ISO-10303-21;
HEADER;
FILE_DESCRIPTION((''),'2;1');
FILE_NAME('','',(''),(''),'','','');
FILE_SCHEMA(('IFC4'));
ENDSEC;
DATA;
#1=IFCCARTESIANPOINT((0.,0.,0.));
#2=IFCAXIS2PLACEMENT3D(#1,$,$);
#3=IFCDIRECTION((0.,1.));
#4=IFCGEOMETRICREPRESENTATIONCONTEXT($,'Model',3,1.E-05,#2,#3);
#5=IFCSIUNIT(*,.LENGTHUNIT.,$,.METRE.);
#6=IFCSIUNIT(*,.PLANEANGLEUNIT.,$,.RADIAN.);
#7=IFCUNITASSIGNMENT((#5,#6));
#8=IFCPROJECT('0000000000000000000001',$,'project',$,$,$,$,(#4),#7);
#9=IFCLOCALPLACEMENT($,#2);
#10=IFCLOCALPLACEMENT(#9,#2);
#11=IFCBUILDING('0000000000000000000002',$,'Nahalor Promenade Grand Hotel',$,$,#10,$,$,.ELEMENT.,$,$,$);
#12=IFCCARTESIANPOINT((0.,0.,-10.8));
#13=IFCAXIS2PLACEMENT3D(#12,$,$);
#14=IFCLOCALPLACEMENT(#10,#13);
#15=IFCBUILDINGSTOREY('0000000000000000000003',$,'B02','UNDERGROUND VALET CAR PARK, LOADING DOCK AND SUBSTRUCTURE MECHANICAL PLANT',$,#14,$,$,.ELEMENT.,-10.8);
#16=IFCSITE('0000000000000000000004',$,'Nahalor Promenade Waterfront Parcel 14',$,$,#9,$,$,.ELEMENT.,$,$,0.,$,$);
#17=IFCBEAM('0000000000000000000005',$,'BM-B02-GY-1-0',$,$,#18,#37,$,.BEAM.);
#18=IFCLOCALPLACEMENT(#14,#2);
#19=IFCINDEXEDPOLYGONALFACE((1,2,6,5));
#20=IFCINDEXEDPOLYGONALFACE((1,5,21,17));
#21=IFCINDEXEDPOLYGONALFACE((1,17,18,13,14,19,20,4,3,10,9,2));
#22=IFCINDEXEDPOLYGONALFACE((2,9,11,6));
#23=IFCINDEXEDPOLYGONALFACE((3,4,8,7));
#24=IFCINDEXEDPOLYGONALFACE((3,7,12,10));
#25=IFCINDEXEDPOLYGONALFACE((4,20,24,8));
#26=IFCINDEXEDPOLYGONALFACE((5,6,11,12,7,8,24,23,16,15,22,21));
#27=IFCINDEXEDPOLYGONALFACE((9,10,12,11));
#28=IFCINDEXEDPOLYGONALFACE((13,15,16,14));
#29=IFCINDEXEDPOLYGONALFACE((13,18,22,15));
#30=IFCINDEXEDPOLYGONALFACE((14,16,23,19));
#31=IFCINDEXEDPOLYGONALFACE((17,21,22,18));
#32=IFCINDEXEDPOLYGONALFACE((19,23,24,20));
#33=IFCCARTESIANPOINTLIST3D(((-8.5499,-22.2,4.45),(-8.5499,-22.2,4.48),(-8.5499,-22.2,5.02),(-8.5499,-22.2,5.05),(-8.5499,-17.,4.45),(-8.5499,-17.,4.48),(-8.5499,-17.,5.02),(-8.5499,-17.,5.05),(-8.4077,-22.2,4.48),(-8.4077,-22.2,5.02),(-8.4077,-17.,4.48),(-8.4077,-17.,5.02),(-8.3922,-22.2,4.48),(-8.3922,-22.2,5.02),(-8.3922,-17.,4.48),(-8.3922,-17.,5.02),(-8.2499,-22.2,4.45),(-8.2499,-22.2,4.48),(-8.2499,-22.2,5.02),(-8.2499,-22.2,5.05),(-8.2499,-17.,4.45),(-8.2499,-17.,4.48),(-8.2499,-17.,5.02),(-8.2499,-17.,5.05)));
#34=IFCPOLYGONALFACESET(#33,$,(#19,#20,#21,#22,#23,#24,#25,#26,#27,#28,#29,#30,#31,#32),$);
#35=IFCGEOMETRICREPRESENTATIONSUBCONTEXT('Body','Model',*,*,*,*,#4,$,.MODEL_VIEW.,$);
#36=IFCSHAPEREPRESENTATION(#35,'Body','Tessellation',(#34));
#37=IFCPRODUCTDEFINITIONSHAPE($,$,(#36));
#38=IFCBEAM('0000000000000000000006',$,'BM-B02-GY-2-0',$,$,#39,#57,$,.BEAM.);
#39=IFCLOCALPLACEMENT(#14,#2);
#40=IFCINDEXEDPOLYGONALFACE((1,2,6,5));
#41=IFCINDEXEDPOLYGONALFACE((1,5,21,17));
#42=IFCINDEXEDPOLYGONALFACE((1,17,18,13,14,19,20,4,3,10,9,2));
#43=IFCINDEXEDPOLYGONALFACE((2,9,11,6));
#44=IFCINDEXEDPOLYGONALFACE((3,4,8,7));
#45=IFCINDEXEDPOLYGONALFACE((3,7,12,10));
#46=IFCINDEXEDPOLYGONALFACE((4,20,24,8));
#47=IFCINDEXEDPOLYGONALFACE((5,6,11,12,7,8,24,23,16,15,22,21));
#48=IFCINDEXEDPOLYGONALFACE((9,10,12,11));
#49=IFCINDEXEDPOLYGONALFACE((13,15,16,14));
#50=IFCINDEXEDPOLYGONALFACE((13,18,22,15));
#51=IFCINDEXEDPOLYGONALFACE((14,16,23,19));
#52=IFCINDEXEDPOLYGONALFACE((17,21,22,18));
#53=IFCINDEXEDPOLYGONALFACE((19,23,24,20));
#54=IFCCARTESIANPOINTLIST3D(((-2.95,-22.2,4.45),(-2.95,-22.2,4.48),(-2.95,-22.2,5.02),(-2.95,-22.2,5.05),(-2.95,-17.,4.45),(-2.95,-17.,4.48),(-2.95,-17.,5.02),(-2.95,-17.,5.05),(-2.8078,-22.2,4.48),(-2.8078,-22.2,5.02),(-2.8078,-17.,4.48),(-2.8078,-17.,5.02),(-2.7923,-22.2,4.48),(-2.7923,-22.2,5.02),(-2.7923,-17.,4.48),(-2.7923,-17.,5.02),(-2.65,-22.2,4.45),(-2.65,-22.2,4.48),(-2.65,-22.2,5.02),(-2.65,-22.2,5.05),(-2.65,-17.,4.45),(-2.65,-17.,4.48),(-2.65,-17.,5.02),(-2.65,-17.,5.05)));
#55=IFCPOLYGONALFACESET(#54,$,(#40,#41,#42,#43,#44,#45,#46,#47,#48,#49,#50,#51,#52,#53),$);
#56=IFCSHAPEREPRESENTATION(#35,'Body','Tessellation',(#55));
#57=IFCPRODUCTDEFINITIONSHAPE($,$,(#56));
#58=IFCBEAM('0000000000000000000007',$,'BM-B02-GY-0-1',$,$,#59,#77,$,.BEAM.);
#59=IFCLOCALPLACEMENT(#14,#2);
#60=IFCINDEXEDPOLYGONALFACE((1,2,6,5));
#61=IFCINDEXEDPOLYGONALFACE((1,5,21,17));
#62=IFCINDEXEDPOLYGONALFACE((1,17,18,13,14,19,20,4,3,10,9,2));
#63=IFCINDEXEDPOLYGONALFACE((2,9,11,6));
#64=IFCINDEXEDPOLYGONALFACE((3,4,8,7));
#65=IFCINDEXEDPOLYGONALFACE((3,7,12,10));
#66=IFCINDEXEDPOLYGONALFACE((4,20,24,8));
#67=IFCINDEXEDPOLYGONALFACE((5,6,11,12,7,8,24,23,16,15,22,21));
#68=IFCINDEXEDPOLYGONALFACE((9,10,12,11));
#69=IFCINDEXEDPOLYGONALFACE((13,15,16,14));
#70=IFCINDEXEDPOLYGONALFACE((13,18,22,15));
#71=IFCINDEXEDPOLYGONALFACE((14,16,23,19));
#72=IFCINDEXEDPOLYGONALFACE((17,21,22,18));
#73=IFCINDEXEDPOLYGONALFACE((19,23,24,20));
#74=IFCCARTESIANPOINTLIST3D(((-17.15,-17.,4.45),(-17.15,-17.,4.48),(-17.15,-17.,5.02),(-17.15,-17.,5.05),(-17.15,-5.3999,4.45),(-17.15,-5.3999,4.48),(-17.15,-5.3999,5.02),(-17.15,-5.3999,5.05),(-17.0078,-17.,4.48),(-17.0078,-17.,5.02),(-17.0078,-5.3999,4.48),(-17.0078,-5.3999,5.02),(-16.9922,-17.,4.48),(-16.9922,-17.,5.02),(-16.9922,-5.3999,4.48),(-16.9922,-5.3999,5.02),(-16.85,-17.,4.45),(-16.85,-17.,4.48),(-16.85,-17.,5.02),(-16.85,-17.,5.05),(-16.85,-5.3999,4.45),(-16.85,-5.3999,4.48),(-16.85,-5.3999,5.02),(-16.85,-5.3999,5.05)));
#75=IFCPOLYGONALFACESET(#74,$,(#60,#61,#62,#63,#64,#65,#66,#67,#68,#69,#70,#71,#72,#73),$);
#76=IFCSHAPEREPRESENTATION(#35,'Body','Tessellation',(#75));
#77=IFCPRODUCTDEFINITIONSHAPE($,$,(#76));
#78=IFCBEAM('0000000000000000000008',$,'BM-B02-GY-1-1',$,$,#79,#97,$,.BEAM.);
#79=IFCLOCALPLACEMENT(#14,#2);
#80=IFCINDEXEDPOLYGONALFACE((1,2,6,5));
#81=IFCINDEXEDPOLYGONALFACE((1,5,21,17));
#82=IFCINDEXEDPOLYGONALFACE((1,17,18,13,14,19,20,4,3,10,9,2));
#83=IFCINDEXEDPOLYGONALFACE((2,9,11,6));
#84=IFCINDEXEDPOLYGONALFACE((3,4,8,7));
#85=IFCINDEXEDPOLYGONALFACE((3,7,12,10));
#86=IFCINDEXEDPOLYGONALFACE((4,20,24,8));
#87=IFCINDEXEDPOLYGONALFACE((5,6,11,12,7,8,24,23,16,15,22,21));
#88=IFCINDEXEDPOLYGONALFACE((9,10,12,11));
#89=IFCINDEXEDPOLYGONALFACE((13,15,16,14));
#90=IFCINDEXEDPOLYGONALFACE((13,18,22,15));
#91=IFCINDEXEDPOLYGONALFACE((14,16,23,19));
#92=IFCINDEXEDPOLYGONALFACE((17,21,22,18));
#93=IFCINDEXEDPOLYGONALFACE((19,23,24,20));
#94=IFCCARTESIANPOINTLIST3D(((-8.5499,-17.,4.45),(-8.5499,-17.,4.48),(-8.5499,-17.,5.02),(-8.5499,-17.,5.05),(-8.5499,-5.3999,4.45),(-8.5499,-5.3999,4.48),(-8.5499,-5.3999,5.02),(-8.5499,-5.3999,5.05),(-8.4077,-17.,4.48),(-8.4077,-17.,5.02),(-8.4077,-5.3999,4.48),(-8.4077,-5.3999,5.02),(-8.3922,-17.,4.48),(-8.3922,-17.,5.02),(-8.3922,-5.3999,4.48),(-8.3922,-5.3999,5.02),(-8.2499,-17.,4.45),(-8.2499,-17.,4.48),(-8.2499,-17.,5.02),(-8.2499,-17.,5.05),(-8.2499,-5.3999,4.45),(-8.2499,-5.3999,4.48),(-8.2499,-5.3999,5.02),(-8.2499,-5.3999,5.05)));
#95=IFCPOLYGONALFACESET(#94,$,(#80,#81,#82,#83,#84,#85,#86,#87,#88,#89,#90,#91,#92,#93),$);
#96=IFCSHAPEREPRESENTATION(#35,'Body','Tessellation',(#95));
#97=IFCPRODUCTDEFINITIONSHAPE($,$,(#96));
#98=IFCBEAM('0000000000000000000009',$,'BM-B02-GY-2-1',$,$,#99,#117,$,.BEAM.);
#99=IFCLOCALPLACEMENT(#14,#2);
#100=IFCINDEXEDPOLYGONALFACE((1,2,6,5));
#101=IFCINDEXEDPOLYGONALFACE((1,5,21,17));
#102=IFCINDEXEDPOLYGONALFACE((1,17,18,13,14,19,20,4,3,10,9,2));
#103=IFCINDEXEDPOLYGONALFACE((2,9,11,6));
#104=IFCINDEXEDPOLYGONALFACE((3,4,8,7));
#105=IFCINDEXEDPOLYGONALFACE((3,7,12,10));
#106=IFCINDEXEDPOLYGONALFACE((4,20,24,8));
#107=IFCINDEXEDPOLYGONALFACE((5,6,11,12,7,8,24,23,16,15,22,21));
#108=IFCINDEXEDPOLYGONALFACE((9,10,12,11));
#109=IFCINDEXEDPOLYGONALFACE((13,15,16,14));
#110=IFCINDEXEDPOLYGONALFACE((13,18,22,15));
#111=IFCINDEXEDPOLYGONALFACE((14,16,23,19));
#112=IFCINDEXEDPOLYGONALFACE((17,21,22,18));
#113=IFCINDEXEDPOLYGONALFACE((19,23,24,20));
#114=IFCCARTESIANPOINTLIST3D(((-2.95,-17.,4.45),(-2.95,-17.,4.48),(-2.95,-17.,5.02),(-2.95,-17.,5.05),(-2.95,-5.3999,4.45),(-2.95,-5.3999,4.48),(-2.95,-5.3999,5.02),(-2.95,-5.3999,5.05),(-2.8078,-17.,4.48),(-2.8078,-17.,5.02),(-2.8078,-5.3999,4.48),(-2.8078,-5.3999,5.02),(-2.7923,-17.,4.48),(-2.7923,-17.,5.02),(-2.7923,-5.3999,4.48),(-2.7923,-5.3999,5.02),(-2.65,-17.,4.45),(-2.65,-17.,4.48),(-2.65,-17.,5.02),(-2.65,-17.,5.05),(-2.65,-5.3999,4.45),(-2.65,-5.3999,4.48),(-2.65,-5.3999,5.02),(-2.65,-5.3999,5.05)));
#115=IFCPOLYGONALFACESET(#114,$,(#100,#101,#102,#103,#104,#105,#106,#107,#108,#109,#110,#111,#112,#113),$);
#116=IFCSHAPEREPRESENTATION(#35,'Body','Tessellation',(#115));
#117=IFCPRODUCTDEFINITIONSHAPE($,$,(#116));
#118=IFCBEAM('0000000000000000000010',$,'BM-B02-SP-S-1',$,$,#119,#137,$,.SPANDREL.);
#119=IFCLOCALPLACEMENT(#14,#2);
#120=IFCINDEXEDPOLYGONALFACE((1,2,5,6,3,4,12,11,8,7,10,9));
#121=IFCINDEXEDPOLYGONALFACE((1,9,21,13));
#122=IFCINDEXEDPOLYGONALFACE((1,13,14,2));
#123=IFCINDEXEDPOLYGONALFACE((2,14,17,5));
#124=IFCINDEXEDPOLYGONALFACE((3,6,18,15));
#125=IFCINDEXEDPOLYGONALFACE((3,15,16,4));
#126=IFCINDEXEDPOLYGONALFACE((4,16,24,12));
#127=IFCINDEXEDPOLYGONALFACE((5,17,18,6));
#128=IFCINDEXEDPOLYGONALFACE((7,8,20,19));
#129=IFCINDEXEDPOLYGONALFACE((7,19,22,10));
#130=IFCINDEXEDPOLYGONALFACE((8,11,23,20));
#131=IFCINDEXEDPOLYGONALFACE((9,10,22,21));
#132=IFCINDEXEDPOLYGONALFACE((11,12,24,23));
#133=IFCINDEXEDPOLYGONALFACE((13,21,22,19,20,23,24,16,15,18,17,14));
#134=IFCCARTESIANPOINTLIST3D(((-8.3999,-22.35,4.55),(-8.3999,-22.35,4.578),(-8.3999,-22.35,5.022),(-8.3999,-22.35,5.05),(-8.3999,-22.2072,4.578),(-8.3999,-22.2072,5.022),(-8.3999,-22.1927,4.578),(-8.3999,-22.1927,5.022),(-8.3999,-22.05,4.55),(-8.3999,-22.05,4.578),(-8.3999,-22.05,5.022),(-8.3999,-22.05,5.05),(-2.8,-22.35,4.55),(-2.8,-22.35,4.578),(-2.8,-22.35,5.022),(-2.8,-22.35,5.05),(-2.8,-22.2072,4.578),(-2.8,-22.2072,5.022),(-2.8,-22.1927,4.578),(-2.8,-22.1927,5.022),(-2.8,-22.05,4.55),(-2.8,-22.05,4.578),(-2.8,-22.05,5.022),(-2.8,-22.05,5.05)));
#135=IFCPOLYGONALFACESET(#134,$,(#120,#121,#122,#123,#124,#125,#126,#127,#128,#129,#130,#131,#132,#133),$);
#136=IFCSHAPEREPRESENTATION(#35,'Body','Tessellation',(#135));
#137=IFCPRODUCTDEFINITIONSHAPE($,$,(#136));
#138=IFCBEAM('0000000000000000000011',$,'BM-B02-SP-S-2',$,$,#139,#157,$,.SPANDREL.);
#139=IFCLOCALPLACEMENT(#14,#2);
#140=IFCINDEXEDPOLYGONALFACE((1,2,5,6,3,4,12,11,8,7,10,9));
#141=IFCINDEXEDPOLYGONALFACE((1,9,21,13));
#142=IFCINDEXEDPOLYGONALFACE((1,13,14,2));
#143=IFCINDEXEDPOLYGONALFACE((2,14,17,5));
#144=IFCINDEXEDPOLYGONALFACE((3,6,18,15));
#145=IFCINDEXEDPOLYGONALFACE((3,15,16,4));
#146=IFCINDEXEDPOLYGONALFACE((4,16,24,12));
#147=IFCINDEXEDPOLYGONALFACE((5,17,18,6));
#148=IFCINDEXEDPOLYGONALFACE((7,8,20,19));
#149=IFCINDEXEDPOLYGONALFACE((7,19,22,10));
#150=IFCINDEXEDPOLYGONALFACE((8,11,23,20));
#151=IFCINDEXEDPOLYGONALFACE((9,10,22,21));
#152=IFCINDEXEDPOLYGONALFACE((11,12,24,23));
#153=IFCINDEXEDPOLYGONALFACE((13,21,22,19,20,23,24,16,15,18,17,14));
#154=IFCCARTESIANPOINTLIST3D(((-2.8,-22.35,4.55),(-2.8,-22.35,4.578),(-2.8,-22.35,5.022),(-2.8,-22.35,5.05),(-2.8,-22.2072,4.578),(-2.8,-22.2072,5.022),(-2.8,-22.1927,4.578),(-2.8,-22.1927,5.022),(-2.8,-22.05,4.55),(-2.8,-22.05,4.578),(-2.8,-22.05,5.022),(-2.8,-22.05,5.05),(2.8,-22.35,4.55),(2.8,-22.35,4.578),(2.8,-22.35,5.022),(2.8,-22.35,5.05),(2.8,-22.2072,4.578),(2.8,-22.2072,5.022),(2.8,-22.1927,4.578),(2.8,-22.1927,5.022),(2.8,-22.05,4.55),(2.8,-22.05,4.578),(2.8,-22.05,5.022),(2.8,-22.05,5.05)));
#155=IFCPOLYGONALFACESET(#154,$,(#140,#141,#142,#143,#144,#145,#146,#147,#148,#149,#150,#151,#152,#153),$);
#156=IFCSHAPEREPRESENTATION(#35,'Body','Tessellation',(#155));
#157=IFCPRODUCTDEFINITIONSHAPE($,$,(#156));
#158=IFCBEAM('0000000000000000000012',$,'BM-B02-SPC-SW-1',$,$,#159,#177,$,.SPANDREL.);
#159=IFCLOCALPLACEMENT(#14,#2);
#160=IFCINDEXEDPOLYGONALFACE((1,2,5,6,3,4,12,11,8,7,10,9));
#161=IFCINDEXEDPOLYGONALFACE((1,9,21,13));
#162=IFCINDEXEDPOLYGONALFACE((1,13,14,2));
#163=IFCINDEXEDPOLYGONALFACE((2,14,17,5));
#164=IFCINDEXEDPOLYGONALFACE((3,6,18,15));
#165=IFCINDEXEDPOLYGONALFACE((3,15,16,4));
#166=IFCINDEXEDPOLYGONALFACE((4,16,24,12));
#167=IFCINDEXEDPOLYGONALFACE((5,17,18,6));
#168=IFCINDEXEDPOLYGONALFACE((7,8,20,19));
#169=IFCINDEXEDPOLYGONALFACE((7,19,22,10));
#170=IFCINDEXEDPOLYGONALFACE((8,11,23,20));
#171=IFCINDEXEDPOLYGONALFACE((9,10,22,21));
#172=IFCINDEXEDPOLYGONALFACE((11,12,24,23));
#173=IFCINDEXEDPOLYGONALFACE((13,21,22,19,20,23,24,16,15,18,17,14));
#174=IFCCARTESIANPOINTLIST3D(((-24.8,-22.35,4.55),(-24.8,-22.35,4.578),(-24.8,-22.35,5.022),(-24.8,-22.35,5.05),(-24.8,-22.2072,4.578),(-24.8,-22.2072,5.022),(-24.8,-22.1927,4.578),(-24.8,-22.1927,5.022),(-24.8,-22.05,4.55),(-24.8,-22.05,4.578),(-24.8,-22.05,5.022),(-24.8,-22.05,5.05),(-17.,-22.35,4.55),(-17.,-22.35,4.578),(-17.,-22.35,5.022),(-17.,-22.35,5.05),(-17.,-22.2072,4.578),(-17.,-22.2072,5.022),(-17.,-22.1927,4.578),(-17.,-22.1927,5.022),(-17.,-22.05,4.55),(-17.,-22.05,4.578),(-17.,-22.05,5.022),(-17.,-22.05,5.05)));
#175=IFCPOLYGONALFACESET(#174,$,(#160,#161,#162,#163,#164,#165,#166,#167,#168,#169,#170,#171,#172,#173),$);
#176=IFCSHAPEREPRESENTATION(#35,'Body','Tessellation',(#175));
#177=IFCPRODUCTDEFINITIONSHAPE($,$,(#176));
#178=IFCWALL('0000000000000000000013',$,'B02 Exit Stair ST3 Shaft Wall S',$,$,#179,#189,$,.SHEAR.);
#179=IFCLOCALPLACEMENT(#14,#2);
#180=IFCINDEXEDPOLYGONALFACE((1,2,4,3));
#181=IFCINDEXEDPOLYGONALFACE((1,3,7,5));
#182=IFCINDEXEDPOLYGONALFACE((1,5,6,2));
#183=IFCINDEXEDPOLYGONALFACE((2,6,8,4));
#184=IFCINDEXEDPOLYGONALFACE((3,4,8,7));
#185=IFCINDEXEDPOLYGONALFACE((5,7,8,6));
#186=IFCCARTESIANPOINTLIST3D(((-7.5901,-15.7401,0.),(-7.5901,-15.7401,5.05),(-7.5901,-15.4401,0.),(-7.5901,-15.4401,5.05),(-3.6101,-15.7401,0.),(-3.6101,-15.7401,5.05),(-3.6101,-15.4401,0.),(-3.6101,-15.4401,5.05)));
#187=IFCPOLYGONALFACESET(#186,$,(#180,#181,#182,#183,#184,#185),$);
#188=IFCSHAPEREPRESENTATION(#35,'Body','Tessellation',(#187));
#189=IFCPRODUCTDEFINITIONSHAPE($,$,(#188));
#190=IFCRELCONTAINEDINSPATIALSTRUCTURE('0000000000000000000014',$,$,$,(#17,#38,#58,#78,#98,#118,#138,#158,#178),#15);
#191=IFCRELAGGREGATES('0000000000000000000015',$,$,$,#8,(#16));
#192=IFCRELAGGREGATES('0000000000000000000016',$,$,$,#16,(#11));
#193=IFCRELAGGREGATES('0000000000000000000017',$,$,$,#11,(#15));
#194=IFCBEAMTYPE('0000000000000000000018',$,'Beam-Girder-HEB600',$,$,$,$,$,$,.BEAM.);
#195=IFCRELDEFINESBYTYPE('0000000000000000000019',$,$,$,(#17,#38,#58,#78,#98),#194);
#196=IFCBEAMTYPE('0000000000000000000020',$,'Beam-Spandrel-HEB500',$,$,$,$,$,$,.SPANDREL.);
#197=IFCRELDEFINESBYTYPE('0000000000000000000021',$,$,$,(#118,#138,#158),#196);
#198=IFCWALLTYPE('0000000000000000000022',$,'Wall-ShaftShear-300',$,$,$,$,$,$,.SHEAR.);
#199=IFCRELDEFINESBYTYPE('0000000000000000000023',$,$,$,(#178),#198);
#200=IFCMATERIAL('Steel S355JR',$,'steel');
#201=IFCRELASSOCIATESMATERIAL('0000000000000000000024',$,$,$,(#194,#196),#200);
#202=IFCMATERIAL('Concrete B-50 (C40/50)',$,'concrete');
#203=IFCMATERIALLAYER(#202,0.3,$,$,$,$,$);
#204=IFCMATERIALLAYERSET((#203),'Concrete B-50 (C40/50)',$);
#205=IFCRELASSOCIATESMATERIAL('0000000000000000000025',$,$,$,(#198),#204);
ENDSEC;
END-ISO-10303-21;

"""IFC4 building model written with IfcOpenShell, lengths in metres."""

from ifc_helpers import new_model, si_unit, direction, frame, frame_2d, origin, origin_2d, place, context, subcontext, project, spatial, rectangle, i_section, extrude, source, transform, mapped, material, layer, layer_set, material_profile, profile_set, type_object, element, save


model = new_model("IFC4")

# Units and contexts
model_context = context("Model", 3, precision=1e-05, world=origin(), true_north=direction((0.0, 1.0)))
body_context = subcontext(model_context, "Body", "Model", "MODEL_VIEW")
ifc_project = project(units=[si_unit("LENGTHUNIT", "METRE"), si_unit("PLANEANGLEUNIT", "RADIAN")], contexts=[model_context])

# Site, building, storey
site_placement = place(None, origin())
site = spatial("IfcSite", under=ifc_project, at=site_placement, Name="Nahalor Promenade Waterfront Parcel 14", CompositionType="ELEMENT", RefElevation=0.0)
building_placement = place(site_placement, origin())
building = spatial("IfcBuilding", under=site, at=building_placement, Name="Nahalor Promenade Grand Hotel", CompositionType="ELEMENT")
storey_placement = place(building_placement, frame((0.0, 0.0, -10.8)))
storey = spatial("IfcBuildingStorey", under=building, at=storey_placement, Name="B02", Description="UNDERGROUND VALET CAR PARK, LOADING DOCK AND SUBSTRUCTURE MECHANICAL PLANT", CompositionType="ELEMENT", Elevation=-10.8)

# Shared definitions
ifc_material_1 = material(Name="Concrete B-50 (C40/50)", Category="concrete")

# Beams
ifc_material_2 = material(Name="Steel S355JR", Category="steel")
ifc_material_profile_1 = material_profile(ifc_material_2, i_section(OverallWidth=0.3, OverallDepth=0.6, WebThickness=0.0155, FlangeThickness=0.03, at=origin_2d()), Name="HEB 600")
ifc_profile_set_1 = profile_set([ifc_material_profile_1], Name="Steel S355JR")
beam_type_1 = type_object("IfcBeamType", Name="Beam-Girder-HEB600", PredefinedType="BEAM", material=ifc_profile_set_1)
shared_shape_1 = source(origin(), body_context, "Body", "SweptSolid", [
    extrude(i_section(OverallWidth=0.3, OverallDepth=0.6, WebThickness=0.0155, FlangeThickness=0.03, at=origin_2d()), origin(), (0.0, 0.0, 1.0), 5.2),
])
for number, where, z_axis, x_axis, name in (
    (1, (-8.3999, -22.2, 4.75), (0.0, 1.0, 0.0), (-1.0, 0.0, 0.0), "BM-B02-GY-1-0"),
    (2, (-2.8, -22.2, 4.75), (0.0, 1.0, 0.0), (-1.0, 0.0, 0.0), "BM-B02-GY-2-0"),
):
    element("IfcBeam", number, at=place(storey_placement, frame(where, z_axis=z_axis, x_axis=x_axis)), inside=storey, type_object=beam_type_1, Name=name, PredefinedType="BEAM", context=body_context, shape_type="MappedRepresentation", body=[
        mapped(shared_shape_1, transform((0.0, 0.0, 0.0), scale=1.0)),
    ])
shared_shape_2 = source(origin(), body_context, "Body", "SweptSolid", [
    extrude(i_section(OverallWidth=0.3, OverallDepth=0.6, WebThickness=0.0155, FlangeThickness=0.03, at=origin_2d()), origin(), (0.0, 0.0, 1.0), 11.6001),
])
for number, where, z_axis, x_axis, name in (
    (3, (-17.0, -17.0, 4.75), (0.0, 1.0, 0.0), (-1.0, 0.0, 0.0), "BM-B02-GY-0-1"),
    (4, (-8.3999, -17.0, 4.75), (0.0, 1.0, 0.0), (-1.0, 0.0, 0.0), "BM-B02-GY-1-1"),
    (5, (-2.8, -17.0, 4.75), (0.0, 1.0, 0.0), (-1.0, 0.0, 0.0), "BM-B02-GY-2-1"),
):
    element("IfcBeam", number, at=place(storey_placement, frame(where, z_axis=z_axis, x_axis=x_axis)), inside=storey, type_object=beam_type_1, Name=name, PredefinedType="BEAM", context=body_context, shape_type="MappedRepresentation", body=[
        mapped(shared_shape_2, transform((0.0, 0.0, 0.0), scale=1.0)),
    ])
ifc_material_profile_2 = material_profile(ifc_material_2, i_section(OverallWidth=0.3, OverallDepth=0.5, WebThickness=0.0145, FlangeThickness=0.028, at=origin_2d()), Name="HEB 500")
ifc_profile_set_2 = profile_set([ifc_material_profile_2], Name="Steel S355JR")
beam_type_2 = type_object("IfcBeamType", Name="Beam-Spandrel-HEB500", PredefinedType="SPANDREL", material=ifc_profile_set_2)
shared_shape_3 = source(origin(), body_context, "Body", "SweptSolid", [
    extrude(i_section(OverallWidth=0.3, OverallDepth=0.5, WebThickness=0.0145, FlangeThickness=0.028, at=origin_2d()), origin(), (0.0, 0.0, 1.0), 5.5999),
])
beam_1_placement = place(storey_placement, frame((-8.3999, -22.2, 4.8), z_axis=(1.0, 0.0, 0.0), x_axis=(0.0, 1.0, 0.0)))
element("IfcBeam", 6, at=beam_1_placement, inside=storey, type_object=beam_type_2, Name="BM-B02-SP-S-1", PredefinedType="SPANDREL", context=body_context, shape_type="MappedRepresentation", body=[
    mapped(shared_shape_3, transform((0.0, 0.0, 0.0), scale=1.0)),
])
shared_shape_4 = source(origin(), body_context, "Body", "SweptSolid", [
    extrude(i_section(OverallWidth=0.3, OverallDepth=0.5, WebThickness=0.0145, FlangeThickness=0.028, at=origin_2d()), origin(), (0.0, 0.0, 1.0), 5.6001),
])
beam_2_placement = place(storey_placement, frame((-2.8, -22.2, 4.8), z_axis=(1.0, 0.0, 0.0), x_axis=(0.0, 1.0, 0.0)))
element("IfcBeam", 7, at=beam_2_placement, inside=storey, type_object=beam_type_2, Name="BM-B02-SP-S-2", PredefinedType="SPANDREL", context=body_context, shape_type="MappedRepresentation", body=[
    mapped(shared_shape_4, transform((0.0, 0.0, 0.0), scale=1.0)),
])
shared_shape_5 = source(origin(), body_context, "Body", "SweptSolid", [
    extrude(i_section(OverallWidth=0.3, OverallDepth=0.5, WebThickness=0.0145, FlangeThickness=0.028, at=origin_2d()), origin(), (0.0, 0.0, 1.0), 7.8),
])
beam_3_placement = place(storey_placement, frame((-17.0, -22.2, 4.8), z_axis=(-1.0, 0.0, 0.0), x_axis=(0.0, -1.0, 0.0)))
element("IfcBeam", 8, at=beam_3_placement, inside=storey, type_object=beam_type_2, Name="BM-B02-SPC-SW-1", PredefinedType="SPANDREL", context=body_context, shape_type="MappedRepresentation", body=[
    mapped(shared_shape_5, transform((0.0, 0.0, 0.0), scale=1.0)),
])

# Wall
ifc_layer_1 = layer(ifc_material_1, 0.3)
ifc_layer_set_1 = layer_set([ifc_layer_1], Name="Concrete B-50 (C40/50)")
wall_type = type_object("IfcWallType", Name="Wall-ShaftShear-300", PredefinedType="SHEAR", material=ifc_layer_set_1)
shared_shape_6 = source(origin(), body_context, "Body", "SweptSolid", [
    extrude(rectangle(XDim=3.98, YDim=0.3, at=frame_2d((1.99, 0.0))), origin(), (0.0, 0.0, 1.0), 5.05),
])
wall_placement = place(storey_placement, frame((-7.5901, -15.5901, 0.0), z_axis=(0.0, 0.0, 1.0), x_axis=(1.0, 0.0, 0.0)))
element("IfcWall", 9, at=wall_placement, inside=storey, type_object=wall_type, Name="B02 Exit Stair ST3 Shaft Wall S", PredefinedType="SHEAR", context=body_context, shape_type="MappedRepresentation", body=[
    mapped(shared_shape_6, transform((0.0, 0.0, 0.0), scale=1.0)),
])

save(model, "model.ifc")
